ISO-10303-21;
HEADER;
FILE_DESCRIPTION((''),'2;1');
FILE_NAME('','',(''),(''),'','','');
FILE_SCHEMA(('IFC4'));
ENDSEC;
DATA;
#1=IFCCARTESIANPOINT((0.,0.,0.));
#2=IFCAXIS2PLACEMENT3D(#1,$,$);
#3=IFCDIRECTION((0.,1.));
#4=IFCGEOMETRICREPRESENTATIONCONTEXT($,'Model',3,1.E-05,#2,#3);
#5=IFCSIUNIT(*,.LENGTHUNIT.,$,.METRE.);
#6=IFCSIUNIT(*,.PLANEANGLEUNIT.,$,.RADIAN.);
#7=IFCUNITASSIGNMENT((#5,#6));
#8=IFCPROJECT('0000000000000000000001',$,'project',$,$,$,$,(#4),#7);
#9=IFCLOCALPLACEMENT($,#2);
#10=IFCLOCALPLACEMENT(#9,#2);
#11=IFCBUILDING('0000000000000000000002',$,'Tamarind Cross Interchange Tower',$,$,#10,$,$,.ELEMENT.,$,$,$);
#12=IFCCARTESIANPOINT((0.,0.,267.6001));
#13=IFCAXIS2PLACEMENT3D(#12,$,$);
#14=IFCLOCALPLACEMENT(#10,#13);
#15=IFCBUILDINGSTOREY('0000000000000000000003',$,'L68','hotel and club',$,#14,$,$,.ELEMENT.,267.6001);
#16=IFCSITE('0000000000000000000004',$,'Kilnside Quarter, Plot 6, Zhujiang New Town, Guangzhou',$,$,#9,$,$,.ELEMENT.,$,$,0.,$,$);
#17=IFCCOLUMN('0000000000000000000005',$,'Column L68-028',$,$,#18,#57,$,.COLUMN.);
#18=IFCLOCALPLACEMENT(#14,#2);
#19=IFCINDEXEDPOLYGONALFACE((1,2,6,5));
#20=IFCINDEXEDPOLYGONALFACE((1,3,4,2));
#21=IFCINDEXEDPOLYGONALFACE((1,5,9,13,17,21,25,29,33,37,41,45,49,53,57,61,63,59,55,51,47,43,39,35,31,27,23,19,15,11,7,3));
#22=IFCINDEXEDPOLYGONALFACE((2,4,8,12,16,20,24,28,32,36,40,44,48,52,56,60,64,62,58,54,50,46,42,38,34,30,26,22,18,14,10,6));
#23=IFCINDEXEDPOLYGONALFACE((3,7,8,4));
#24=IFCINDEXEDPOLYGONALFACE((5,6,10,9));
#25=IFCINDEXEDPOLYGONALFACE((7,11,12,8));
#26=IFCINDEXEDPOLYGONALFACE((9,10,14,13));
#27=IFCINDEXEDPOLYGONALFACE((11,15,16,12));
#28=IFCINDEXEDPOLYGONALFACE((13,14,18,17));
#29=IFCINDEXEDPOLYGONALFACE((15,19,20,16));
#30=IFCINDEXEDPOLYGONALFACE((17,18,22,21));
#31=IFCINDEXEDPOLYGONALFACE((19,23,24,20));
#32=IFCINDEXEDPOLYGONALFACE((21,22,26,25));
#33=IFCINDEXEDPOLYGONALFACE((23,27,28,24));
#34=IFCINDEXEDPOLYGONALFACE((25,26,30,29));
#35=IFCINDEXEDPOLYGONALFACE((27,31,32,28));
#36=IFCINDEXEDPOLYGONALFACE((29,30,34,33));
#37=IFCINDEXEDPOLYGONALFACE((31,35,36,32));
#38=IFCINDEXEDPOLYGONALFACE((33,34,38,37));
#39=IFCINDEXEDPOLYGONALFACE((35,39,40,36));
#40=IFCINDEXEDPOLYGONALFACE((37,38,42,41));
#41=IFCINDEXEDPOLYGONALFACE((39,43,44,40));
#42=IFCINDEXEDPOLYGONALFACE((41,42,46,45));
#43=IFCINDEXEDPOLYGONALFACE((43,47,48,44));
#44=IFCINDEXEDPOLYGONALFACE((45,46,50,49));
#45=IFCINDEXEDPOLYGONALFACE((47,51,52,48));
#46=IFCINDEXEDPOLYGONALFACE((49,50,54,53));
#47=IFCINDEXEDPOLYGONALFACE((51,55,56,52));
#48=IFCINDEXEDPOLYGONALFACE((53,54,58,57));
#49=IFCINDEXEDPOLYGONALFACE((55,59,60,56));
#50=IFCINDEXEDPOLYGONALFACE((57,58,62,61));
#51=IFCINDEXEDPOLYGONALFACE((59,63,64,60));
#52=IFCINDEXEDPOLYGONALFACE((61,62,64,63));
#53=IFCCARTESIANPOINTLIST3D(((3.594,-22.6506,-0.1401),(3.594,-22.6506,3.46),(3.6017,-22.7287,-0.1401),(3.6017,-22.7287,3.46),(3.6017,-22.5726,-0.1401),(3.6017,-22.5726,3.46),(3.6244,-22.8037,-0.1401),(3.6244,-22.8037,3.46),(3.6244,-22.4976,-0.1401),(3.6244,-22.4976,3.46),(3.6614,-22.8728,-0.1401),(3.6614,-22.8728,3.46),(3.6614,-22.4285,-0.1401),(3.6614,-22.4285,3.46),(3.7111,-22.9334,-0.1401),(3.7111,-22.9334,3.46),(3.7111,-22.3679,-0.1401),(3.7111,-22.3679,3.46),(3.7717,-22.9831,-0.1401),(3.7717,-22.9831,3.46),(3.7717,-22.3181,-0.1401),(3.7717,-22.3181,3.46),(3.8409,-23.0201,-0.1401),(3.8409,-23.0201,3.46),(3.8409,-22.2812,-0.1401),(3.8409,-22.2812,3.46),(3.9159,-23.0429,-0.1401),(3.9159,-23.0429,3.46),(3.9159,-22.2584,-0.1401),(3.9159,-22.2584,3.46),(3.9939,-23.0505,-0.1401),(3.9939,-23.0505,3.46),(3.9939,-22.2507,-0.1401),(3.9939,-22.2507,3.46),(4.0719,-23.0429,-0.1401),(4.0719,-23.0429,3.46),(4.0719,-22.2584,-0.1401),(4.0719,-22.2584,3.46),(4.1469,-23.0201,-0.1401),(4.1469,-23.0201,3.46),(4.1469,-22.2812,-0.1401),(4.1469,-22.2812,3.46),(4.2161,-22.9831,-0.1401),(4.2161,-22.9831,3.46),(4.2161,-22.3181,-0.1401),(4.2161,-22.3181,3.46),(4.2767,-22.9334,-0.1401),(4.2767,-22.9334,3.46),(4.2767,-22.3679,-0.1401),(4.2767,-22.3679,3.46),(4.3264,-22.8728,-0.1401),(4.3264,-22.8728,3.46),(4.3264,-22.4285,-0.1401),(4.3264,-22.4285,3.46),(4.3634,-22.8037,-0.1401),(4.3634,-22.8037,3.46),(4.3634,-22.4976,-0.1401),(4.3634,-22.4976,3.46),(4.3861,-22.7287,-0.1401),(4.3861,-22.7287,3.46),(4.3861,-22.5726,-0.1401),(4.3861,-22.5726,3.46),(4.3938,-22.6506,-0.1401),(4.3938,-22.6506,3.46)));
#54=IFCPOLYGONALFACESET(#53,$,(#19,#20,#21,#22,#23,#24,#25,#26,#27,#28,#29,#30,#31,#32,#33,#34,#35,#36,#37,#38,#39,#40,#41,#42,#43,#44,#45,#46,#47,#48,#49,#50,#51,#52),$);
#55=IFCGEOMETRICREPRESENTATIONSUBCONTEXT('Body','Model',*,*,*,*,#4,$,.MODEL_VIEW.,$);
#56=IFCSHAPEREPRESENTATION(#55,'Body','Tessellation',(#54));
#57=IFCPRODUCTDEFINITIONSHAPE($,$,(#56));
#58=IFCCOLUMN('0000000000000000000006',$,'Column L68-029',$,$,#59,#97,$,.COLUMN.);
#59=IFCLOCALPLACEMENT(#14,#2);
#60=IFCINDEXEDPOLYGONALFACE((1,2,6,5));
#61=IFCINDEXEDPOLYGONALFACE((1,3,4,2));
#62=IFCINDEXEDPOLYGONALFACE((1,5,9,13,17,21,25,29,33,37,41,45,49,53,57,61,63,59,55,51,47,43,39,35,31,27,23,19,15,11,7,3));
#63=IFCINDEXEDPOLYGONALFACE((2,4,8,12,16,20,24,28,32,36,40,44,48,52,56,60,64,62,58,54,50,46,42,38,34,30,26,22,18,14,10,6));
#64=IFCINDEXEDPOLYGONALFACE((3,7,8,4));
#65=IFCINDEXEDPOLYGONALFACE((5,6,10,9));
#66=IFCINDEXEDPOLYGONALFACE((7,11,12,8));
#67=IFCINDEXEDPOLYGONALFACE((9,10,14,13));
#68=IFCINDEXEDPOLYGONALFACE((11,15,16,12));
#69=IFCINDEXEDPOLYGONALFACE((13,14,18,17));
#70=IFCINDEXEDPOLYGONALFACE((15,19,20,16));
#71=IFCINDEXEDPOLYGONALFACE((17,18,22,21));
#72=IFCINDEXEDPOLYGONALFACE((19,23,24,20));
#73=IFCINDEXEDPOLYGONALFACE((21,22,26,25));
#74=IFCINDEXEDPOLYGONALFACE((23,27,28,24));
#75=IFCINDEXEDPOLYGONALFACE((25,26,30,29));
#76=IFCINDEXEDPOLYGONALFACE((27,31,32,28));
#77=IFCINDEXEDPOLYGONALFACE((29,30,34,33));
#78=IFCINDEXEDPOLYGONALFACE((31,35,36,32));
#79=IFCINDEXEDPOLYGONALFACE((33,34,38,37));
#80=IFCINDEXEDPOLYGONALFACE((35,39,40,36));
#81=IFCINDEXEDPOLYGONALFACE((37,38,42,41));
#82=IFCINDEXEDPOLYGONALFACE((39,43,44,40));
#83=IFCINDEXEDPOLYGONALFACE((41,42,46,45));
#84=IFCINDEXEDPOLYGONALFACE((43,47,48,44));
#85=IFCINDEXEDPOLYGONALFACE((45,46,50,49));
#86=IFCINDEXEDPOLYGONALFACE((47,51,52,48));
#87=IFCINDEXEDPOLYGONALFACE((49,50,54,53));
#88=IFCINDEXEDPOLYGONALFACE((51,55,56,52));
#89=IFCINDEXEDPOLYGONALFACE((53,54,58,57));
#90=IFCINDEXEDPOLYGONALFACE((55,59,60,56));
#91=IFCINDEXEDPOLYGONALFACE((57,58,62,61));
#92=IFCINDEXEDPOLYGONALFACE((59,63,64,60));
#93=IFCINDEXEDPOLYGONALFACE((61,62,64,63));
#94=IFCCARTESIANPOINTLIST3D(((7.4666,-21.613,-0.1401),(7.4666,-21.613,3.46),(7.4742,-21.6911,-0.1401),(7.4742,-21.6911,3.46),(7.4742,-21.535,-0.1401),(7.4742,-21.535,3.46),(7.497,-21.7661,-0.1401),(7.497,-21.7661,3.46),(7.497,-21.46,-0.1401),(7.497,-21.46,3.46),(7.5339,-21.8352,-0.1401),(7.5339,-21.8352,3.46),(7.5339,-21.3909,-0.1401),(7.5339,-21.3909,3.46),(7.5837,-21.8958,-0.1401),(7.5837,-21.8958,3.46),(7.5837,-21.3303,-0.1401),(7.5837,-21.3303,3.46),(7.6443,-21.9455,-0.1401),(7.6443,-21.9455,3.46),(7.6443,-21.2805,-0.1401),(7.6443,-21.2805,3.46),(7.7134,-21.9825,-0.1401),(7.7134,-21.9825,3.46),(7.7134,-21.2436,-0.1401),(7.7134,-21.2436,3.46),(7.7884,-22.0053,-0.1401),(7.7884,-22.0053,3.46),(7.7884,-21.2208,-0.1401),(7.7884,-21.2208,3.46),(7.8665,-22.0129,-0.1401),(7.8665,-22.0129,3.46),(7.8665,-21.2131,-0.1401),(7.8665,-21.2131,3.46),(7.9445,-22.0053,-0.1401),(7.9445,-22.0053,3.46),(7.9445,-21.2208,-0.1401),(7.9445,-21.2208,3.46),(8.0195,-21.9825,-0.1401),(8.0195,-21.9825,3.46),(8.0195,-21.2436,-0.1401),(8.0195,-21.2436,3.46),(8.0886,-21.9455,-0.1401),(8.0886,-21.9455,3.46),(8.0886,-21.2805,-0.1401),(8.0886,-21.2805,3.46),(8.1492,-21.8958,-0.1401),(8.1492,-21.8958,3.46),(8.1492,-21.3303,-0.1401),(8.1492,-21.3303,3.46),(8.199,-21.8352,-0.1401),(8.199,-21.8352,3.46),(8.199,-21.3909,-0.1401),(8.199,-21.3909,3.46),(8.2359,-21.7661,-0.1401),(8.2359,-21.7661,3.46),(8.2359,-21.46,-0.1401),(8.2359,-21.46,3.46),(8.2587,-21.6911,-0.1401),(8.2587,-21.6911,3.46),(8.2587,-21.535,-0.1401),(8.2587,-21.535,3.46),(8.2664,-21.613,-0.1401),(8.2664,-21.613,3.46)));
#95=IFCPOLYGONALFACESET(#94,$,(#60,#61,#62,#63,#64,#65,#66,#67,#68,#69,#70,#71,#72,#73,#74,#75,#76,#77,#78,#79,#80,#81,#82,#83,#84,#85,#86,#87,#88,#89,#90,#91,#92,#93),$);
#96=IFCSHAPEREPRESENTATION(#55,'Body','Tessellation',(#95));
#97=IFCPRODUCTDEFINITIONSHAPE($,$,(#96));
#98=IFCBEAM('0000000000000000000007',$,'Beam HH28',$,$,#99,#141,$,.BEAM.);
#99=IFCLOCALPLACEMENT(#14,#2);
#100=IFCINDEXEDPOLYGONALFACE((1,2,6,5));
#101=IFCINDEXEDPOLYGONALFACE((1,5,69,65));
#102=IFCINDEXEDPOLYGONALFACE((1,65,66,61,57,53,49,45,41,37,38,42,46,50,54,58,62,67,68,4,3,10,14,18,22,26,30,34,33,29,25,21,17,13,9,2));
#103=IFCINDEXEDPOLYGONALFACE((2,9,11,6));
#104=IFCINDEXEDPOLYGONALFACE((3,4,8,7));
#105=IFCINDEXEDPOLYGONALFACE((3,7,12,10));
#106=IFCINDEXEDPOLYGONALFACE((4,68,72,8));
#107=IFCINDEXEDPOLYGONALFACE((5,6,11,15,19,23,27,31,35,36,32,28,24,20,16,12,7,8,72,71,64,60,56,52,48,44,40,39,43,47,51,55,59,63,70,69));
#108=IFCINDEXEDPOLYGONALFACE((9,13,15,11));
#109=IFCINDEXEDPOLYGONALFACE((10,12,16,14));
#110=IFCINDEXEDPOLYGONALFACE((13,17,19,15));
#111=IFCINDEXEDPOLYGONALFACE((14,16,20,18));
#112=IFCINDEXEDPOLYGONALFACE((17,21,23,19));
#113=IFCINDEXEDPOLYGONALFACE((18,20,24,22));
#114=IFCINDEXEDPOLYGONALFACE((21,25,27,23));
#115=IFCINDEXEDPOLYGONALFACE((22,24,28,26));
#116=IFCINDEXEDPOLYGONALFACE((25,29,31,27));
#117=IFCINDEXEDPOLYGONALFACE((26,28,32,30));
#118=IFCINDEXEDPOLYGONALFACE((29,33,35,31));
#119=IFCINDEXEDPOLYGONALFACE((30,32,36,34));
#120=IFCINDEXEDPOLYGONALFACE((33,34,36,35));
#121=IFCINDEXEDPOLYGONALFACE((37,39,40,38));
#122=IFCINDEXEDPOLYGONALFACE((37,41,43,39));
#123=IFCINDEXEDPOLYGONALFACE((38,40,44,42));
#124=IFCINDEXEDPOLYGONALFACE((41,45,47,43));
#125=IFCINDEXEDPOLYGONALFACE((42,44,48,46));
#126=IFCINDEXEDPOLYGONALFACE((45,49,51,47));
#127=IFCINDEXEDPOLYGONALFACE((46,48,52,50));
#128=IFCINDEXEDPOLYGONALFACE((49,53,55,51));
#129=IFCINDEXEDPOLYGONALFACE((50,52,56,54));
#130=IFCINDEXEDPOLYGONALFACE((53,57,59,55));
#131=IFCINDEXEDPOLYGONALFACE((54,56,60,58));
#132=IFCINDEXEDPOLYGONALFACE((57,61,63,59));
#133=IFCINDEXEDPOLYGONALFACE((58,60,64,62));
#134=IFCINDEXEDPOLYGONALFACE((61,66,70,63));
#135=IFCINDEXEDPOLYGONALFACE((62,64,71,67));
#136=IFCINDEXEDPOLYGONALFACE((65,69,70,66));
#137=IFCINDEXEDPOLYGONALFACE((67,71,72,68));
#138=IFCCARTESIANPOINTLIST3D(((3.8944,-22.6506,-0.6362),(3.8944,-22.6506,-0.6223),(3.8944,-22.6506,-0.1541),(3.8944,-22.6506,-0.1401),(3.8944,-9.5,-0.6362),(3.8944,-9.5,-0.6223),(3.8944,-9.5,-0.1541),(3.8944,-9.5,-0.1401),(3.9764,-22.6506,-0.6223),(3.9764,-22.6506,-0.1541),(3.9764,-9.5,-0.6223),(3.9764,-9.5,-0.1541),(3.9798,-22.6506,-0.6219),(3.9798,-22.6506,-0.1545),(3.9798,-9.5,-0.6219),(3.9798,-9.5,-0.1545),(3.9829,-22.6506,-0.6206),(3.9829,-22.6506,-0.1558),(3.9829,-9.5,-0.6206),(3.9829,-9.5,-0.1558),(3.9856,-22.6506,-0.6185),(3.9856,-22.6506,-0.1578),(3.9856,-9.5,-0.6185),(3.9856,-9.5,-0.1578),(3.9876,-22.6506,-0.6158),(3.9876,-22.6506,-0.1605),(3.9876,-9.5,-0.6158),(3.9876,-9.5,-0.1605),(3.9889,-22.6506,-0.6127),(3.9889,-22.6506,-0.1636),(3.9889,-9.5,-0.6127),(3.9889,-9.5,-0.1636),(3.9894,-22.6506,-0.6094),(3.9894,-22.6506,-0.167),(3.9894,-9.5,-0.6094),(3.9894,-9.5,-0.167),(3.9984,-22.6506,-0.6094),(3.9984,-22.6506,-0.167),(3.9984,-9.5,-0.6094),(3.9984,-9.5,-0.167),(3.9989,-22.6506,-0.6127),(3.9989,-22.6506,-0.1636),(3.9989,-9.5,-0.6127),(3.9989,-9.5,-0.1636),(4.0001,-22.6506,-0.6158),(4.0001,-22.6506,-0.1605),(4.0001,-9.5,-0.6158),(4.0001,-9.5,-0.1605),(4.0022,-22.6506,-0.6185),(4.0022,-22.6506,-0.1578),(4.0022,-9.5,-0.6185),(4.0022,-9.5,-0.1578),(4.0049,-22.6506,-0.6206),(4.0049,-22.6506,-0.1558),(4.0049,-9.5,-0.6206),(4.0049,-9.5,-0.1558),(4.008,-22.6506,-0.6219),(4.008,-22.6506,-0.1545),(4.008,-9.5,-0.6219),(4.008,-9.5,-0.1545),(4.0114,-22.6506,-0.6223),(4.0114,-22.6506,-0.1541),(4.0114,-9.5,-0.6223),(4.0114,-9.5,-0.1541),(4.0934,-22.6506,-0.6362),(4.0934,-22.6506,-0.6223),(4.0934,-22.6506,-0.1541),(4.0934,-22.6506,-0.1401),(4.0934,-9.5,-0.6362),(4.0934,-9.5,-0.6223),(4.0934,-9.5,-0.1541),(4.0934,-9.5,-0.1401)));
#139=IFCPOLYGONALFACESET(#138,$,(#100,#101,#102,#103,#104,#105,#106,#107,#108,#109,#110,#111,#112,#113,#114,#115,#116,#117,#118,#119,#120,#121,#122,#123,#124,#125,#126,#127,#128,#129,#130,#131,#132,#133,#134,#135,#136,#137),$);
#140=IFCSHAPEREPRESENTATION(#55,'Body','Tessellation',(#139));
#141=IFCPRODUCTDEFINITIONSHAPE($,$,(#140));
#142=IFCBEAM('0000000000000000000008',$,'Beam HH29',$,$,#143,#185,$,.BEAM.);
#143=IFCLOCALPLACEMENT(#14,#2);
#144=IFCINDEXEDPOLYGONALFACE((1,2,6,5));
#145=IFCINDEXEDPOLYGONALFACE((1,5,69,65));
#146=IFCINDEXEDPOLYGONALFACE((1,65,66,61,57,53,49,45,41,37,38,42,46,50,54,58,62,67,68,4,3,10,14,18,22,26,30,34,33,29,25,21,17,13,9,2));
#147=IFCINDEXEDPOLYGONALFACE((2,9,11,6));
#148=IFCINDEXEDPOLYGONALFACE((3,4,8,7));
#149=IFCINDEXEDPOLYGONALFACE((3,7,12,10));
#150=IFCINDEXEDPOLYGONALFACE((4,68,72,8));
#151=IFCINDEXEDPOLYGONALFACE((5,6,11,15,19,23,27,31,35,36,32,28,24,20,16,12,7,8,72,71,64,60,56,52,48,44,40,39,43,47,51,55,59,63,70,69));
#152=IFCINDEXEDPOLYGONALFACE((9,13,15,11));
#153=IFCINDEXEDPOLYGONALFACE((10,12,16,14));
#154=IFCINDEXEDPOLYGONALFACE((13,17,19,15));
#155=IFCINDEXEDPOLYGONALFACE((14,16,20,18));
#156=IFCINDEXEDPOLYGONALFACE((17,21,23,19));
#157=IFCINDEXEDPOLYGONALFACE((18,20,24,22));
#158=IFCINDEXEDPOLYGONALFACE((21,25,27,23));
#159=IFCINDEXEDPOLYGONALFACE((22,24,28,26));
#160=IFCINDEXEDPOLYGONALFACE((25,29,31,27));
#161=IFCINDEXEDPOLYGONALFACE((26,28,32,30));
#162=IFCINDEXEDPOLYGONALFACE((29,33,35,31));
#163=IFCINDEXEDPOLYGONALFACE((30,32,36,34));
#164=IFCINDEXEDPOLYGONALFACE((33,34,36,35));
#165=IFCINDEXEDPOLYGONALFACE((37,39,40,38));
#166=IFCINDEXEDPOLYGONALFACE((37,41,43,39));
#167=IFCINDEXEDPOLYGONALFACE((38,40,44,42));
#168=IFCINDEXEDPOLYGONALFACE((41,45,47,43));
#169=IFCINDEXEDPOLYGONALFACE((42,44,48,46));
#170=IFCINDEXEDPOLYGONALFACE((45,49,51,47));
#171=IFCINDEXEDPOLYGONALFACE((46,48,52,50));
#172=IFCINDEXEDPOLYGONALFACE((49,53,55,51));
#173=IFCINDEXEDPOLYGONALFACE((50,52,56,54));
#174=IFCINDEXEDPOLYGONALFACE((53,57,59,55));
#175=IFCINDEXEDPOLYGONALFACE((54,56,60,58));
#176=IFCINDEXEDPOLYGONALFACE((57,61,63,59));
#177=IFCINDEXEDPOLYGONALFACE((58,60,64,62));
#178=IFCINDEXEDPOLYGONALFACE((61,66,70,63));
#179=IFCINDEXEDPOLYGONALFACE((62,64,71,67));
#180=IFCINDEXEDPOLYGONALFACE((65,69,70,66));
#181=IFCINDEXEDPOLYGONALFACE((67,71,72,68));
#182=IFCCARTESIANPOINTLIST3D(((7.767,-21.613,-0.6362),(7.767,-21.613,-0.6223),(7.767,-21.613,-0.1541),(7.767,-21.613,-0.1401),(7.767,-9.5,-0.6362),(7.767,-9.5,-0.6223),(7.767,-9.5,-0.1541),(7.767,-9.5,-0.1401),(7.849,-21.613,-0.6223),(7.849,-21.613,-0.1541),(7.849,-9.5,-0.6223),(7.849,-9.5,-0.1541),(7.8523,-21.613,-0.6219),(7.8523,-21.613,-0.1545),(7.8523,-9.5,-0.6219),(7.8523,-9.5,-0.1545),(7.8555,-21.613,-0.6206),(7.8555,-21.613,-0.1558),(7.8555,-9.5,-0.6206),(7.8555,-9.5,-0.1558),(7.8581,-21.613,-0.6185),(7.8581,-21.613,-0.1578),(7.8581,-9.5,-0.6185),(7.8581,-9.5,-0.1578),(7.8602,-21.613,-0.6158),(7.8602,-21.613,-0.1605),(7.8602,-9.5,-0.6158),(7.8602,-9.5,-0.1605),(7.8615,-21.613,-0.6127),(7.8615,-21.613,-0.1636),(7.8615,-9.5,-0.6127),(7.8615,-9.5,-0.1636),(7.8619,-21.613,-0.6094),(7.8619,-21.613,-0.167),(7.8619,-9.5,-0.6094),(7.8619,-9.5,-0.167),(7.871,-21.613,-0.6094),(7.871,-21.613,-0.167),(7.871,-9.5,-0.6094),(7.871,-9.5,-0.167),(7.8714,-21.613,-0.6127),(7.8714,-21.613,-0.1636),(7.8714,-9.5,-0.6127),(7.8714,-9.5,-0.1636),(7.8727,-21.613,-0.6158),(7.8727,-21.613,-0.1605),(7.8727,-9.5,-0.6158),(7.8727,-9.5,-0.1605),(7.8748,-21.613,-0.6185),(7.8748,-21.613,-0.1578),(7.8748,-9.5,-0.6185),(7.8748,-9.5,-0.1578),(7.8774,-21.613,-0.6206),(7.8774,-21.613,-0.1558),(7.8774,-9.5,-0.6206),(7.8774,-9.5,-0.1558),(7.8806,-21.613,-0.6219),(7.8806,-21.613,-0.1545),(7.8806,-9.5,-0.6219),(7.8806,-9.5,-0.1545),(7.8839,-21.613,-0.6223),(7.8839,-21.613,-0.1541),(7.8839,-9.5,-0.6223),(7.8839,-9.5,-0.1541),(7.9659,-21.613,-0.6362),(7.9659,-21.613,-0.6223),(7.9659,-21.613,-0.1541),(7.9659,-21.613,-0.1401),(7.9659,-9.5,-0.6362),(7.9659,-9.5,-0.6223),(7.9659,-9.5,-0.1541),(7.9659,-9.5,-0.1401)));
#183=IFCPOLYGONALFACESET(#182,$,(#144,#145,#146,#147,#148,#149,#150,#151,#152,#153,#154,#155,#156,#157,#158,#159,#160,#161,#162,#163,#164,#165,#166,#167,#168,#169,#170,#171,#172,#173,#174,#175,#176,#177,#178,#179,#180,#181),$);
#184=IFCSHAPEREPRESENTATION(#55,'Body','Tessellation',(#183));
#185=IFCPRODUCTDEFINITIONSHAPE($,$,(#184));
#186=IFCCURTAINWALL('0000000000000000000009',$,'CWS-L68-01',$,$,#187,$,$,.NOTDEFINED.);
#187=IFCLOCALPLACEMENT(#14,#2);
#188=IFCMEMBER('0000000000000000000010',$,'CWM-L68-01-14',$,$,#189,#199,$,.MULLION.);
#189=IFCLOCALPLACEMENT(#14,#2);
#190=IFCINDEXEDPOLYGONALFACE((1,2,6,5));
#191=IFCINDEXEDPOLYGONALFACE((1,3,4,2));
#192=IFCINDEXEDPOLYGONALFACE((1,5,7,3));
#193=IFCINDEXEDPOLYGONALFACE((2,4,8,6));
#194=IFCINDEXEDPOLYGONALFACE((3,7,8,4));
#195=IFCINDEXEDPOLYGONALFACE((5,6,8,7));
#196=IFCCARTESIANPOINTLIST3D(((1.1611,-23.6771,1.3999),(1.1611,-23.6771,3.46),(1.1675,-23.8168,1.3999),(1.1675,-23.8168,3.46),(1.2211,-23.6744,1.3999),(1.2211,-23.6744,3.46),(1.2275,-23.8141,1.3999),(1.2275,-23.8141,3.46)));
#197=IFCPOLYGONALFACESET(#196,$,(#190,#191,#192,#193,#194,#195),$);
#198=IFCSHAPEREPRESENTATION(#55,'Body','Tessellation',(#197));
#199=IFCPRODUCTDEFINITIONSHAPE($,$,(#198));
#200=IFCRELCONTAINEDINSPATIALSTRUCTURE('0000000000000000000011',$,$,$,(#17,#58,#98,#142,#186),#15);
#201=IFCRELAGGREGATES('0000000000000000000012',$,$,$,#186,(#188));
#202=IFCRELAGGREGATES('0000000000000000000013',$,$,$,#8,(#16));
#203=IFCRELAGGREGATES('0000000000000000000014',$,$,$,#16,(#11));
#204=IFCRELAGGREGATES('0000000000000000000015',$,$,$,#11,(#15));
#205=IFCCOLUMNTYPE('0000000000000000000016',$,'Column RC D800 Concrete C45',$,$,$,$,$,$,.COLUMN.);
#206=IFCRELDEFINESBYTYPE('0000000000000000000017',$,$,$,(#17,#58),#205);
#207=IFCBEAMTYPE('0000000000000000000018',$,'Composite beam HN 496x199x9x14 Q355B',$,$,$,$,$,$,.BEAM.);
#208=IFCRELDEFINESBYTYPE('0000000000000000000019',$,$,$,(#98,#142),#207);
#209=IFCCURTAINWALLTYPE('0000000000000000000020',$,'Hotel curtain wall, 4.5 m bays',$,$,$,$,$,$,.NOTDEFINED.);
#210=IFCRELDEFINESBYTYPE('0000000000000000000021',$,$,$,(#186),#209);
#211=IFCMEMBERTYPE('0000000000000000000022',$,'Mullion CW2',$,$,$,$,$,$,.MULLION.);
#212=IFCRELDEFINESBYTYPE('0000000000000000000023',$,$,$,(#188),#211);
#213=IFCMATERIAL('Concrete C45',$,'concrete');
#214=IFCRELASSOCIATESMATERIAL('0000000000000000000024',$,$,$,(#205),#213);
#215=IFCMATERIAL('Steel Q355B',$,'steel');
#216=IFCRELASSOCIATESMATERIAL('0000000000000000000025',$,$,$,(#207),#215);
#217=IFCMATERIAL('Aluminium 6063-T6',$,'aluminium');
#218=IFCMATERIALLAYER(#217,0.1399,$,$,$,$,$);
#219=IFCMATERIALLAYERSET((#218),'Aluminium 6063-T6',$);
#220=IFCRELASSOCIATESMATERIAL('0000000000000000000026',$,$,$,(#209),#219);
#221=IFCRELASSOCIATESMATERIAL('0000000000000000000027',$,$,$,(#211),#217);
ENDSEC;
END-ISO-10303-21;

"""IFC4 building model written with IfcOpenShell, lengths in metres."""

from ifc_helpers import new_model, si_unit, direction, frame, origin, origin_2d, place, context, subcontext, project, spatial, rectangle, circle, i_section, extrude, material, layer, layer_set, material_profile, profile_set, type_object, element, aggregate, save


model = new_model("IFC4")

# Units and contexts
model_context = context("Model", 3, precision=1e-05, world=origin(), true_north=direction((0.0, 1.0)))
body_context = subcontext(model_context, "Body", "Model", "MODEL_VIEW")
ifc_project = project(units=[si_unit("LENGTHUNIT", "METRE"), si_unit("PLANEANGLEUNIT", "RADIAN")], contexts=[model_context])

# Site, building, storey
site_placement = place(None, origin())
site = spatial("IfcSite", under=ifc_project, at=site_placement, Name="Kilnside Quarter, Plot 6, Zhujiang New Town, Guangzhou", CompositionType="ELEMENT", RefElevation=0.0)
building_placement = place(site_placement, origin())
building = spatial("IfcBuilding", under=site, at=building_placement, Name="Tamarind Cross Interchange Tower", CompositionType="ELEMENT")
storey_placement = place(building_placement, frame((0.0, 0.0, 267.6001)))
storey = spatial("IfcBuildingStorey", under=building, at=storey_placement, Name="L68", Description="hotel and club", CompositionType="ELEMENT", Elevation=267.6001)

# Columns
ifc_material_1 = material(Name="Concrete C45", Category="concrete")
ifc_material_profile_1 = material_profile(ifc_material_1, circle(Radius=0.3999, at=origin_2d()), Name="RC D800")
ifc_profile_set_1 = profile_set([ifc_material_profile_1], Name="Concrete C45")
column_type = type_object("IfcColumnType", Name="Column RC D800 Concrete C45", PredefinedType="COLUMN", material=ifc_profile_set_1)
for number, where, z_axis, x_axis, name in (
    (1, (3.9939, -22.6506, -0.1401), (0.0, 0.0, 1.0), (1.0, 0.0, 0.0), "Column L68-028"),
    (2, (7.8665, -21.613, -0.1401), (0.0, 0.0, 1.0), (1.0, 0.0, 0.0), "Column L68-029"),
):
    element("IfcColumn", number, at=place(storey_placement, frame(where, z_axis=z_axis, x_axis=x_axis)), inside=storey, type_object=column_type, Name=name, PredefinedType="COLUMN", context=body_context, shape_type="SweptSolid", body=[
        extrude(circle(Radius=0.3999, at=origin_2d()), origin(), (0.0, 0.0, 1.0), 3.6001),
    ])

# Beams
ifc_material_2 = material(Name="Steel Q355B", Category="steel")
ifc_material_profile_2 = material_profile(ifc_material_2, i_section(OverallWidth=0.199, OverallDepth=0.4961, WebThickness=0.009, FlangeThickness=0.0139, FilletRadius=0.0129, at=origin_2d()), Name="HN 496x199x9x14")
ifc_profile_set_2 = profile_set([ifc_material_profile_2], Name="Steel Q355B")
beam_type = type_object("IfcBeamType", Name="Composite beam HN 496x199x9x14 Q355B", PredefinedType="BEAM", material=ifc_profile_set_2)
beam_1_placement = place(storey_placement, frame((3.9939, -22.6506, -0.3882), z_axis=(0.0, 1.0, 0.0), x_axis=(-1.0, 0.0, 0.0)))
element("IfcBeam", 3, at=beam_1_placement, inside=storey, type_object=beam_type, Name="Beam HH28", PredefinedType="BEAM", context=body_context, shape_type="SweptSolid", body=[
    extrude(i_section(OverallWidth=0.199, OverallDepth=0.4961, WebThickness=0.009, FlangeThickness=0.0139, FilletRadius=0.0129, at=origin_2d()), origin(), (0.0, 0.0, 1.0), 13.1506),
])
beam_2_placement = place(storey_placement, frame((7.8665, -21.613, -0.3882), z_axis=(0.0, 1.0, 0.0), x_axis=(-1.0, 0.0, 0.0)))
element("IfcBeam", 4, at=beam_2_placement, inside=storey, type_object=beam_type, Name="Beam HH29", PredefinedType="BEAM", context=body_context, shape_type="SweptSolid", body=[
    extrude(i_section(OverallWidth=0.199, OverallDepth=0.4961, WebThickness=0.009, FlangeThickness=0.0139, FilletRadius=0.0129, at=origin_2d()), origin(), (0.0, 0.0, 1.0), 12.113),
])

# Curtain wall, member
ifc_material_3 = material(Name="Aluminium 6063-T6", Category="aluminium")
ifc_layer_1 = layer(ifc_material_3, 0.1399)
ifc_layer_set_1 = layer_set([ifc_layer_1], Name="Aluminium 6063-T6")
curtain_wall_type = type_object("IfcCurtainWallType", Name="Hotel curtain wall, 4.5 m bays", PredefinedType="NOTDEFINED", material=ifc_layer_set_1)
curtain_wall_placement = place(storey_placement, origin())
curtain_wall = element("IfcCurtainWall", 5, at=curtain_wall_placement, inside=storey, type_object=curtain_wall_type, Name="CWS-L68-01", PredefinedType="NOTDEFINED")
ifc_material_profile_3 = material_profile(ifc_material_3, rectangle(XDim=0.0601, YDim=0.1399, at=origin_2d()), Name="Mullion CW2")
ifc_profile_set_3 = profile_set([ifc_material_profile_3], Name="Aluminium 6063-T6")
member_type = type_object("IfcMemberType", Name="Mullion CW2", PredefinedType="MULLION", material=ifc_profile_set_3)
member_1_placement = place(storey_placement, frame((1.1943, -23.7456, 1.3999), z_axis=(0.0, 0.0, 1.0), x_axis=(0.998959, 0.045624, 0.0)))
member_1 = element("IfcMember", 6, at=member_1_placement, type_object=member_type, Name="CWM-L68-01-14", PredefinedType="MULLION", context=body_context, shape_type="SweptSolid", body=[
    extrude(rectangle(XDim=0.0601, YDim=0.1399, at=origin_2d()), origin(), (0.0, 0.0, 1.0), 2.0601),
])
aggregate(curtain_wall, [member_1])

save(model, "model.ifc")
